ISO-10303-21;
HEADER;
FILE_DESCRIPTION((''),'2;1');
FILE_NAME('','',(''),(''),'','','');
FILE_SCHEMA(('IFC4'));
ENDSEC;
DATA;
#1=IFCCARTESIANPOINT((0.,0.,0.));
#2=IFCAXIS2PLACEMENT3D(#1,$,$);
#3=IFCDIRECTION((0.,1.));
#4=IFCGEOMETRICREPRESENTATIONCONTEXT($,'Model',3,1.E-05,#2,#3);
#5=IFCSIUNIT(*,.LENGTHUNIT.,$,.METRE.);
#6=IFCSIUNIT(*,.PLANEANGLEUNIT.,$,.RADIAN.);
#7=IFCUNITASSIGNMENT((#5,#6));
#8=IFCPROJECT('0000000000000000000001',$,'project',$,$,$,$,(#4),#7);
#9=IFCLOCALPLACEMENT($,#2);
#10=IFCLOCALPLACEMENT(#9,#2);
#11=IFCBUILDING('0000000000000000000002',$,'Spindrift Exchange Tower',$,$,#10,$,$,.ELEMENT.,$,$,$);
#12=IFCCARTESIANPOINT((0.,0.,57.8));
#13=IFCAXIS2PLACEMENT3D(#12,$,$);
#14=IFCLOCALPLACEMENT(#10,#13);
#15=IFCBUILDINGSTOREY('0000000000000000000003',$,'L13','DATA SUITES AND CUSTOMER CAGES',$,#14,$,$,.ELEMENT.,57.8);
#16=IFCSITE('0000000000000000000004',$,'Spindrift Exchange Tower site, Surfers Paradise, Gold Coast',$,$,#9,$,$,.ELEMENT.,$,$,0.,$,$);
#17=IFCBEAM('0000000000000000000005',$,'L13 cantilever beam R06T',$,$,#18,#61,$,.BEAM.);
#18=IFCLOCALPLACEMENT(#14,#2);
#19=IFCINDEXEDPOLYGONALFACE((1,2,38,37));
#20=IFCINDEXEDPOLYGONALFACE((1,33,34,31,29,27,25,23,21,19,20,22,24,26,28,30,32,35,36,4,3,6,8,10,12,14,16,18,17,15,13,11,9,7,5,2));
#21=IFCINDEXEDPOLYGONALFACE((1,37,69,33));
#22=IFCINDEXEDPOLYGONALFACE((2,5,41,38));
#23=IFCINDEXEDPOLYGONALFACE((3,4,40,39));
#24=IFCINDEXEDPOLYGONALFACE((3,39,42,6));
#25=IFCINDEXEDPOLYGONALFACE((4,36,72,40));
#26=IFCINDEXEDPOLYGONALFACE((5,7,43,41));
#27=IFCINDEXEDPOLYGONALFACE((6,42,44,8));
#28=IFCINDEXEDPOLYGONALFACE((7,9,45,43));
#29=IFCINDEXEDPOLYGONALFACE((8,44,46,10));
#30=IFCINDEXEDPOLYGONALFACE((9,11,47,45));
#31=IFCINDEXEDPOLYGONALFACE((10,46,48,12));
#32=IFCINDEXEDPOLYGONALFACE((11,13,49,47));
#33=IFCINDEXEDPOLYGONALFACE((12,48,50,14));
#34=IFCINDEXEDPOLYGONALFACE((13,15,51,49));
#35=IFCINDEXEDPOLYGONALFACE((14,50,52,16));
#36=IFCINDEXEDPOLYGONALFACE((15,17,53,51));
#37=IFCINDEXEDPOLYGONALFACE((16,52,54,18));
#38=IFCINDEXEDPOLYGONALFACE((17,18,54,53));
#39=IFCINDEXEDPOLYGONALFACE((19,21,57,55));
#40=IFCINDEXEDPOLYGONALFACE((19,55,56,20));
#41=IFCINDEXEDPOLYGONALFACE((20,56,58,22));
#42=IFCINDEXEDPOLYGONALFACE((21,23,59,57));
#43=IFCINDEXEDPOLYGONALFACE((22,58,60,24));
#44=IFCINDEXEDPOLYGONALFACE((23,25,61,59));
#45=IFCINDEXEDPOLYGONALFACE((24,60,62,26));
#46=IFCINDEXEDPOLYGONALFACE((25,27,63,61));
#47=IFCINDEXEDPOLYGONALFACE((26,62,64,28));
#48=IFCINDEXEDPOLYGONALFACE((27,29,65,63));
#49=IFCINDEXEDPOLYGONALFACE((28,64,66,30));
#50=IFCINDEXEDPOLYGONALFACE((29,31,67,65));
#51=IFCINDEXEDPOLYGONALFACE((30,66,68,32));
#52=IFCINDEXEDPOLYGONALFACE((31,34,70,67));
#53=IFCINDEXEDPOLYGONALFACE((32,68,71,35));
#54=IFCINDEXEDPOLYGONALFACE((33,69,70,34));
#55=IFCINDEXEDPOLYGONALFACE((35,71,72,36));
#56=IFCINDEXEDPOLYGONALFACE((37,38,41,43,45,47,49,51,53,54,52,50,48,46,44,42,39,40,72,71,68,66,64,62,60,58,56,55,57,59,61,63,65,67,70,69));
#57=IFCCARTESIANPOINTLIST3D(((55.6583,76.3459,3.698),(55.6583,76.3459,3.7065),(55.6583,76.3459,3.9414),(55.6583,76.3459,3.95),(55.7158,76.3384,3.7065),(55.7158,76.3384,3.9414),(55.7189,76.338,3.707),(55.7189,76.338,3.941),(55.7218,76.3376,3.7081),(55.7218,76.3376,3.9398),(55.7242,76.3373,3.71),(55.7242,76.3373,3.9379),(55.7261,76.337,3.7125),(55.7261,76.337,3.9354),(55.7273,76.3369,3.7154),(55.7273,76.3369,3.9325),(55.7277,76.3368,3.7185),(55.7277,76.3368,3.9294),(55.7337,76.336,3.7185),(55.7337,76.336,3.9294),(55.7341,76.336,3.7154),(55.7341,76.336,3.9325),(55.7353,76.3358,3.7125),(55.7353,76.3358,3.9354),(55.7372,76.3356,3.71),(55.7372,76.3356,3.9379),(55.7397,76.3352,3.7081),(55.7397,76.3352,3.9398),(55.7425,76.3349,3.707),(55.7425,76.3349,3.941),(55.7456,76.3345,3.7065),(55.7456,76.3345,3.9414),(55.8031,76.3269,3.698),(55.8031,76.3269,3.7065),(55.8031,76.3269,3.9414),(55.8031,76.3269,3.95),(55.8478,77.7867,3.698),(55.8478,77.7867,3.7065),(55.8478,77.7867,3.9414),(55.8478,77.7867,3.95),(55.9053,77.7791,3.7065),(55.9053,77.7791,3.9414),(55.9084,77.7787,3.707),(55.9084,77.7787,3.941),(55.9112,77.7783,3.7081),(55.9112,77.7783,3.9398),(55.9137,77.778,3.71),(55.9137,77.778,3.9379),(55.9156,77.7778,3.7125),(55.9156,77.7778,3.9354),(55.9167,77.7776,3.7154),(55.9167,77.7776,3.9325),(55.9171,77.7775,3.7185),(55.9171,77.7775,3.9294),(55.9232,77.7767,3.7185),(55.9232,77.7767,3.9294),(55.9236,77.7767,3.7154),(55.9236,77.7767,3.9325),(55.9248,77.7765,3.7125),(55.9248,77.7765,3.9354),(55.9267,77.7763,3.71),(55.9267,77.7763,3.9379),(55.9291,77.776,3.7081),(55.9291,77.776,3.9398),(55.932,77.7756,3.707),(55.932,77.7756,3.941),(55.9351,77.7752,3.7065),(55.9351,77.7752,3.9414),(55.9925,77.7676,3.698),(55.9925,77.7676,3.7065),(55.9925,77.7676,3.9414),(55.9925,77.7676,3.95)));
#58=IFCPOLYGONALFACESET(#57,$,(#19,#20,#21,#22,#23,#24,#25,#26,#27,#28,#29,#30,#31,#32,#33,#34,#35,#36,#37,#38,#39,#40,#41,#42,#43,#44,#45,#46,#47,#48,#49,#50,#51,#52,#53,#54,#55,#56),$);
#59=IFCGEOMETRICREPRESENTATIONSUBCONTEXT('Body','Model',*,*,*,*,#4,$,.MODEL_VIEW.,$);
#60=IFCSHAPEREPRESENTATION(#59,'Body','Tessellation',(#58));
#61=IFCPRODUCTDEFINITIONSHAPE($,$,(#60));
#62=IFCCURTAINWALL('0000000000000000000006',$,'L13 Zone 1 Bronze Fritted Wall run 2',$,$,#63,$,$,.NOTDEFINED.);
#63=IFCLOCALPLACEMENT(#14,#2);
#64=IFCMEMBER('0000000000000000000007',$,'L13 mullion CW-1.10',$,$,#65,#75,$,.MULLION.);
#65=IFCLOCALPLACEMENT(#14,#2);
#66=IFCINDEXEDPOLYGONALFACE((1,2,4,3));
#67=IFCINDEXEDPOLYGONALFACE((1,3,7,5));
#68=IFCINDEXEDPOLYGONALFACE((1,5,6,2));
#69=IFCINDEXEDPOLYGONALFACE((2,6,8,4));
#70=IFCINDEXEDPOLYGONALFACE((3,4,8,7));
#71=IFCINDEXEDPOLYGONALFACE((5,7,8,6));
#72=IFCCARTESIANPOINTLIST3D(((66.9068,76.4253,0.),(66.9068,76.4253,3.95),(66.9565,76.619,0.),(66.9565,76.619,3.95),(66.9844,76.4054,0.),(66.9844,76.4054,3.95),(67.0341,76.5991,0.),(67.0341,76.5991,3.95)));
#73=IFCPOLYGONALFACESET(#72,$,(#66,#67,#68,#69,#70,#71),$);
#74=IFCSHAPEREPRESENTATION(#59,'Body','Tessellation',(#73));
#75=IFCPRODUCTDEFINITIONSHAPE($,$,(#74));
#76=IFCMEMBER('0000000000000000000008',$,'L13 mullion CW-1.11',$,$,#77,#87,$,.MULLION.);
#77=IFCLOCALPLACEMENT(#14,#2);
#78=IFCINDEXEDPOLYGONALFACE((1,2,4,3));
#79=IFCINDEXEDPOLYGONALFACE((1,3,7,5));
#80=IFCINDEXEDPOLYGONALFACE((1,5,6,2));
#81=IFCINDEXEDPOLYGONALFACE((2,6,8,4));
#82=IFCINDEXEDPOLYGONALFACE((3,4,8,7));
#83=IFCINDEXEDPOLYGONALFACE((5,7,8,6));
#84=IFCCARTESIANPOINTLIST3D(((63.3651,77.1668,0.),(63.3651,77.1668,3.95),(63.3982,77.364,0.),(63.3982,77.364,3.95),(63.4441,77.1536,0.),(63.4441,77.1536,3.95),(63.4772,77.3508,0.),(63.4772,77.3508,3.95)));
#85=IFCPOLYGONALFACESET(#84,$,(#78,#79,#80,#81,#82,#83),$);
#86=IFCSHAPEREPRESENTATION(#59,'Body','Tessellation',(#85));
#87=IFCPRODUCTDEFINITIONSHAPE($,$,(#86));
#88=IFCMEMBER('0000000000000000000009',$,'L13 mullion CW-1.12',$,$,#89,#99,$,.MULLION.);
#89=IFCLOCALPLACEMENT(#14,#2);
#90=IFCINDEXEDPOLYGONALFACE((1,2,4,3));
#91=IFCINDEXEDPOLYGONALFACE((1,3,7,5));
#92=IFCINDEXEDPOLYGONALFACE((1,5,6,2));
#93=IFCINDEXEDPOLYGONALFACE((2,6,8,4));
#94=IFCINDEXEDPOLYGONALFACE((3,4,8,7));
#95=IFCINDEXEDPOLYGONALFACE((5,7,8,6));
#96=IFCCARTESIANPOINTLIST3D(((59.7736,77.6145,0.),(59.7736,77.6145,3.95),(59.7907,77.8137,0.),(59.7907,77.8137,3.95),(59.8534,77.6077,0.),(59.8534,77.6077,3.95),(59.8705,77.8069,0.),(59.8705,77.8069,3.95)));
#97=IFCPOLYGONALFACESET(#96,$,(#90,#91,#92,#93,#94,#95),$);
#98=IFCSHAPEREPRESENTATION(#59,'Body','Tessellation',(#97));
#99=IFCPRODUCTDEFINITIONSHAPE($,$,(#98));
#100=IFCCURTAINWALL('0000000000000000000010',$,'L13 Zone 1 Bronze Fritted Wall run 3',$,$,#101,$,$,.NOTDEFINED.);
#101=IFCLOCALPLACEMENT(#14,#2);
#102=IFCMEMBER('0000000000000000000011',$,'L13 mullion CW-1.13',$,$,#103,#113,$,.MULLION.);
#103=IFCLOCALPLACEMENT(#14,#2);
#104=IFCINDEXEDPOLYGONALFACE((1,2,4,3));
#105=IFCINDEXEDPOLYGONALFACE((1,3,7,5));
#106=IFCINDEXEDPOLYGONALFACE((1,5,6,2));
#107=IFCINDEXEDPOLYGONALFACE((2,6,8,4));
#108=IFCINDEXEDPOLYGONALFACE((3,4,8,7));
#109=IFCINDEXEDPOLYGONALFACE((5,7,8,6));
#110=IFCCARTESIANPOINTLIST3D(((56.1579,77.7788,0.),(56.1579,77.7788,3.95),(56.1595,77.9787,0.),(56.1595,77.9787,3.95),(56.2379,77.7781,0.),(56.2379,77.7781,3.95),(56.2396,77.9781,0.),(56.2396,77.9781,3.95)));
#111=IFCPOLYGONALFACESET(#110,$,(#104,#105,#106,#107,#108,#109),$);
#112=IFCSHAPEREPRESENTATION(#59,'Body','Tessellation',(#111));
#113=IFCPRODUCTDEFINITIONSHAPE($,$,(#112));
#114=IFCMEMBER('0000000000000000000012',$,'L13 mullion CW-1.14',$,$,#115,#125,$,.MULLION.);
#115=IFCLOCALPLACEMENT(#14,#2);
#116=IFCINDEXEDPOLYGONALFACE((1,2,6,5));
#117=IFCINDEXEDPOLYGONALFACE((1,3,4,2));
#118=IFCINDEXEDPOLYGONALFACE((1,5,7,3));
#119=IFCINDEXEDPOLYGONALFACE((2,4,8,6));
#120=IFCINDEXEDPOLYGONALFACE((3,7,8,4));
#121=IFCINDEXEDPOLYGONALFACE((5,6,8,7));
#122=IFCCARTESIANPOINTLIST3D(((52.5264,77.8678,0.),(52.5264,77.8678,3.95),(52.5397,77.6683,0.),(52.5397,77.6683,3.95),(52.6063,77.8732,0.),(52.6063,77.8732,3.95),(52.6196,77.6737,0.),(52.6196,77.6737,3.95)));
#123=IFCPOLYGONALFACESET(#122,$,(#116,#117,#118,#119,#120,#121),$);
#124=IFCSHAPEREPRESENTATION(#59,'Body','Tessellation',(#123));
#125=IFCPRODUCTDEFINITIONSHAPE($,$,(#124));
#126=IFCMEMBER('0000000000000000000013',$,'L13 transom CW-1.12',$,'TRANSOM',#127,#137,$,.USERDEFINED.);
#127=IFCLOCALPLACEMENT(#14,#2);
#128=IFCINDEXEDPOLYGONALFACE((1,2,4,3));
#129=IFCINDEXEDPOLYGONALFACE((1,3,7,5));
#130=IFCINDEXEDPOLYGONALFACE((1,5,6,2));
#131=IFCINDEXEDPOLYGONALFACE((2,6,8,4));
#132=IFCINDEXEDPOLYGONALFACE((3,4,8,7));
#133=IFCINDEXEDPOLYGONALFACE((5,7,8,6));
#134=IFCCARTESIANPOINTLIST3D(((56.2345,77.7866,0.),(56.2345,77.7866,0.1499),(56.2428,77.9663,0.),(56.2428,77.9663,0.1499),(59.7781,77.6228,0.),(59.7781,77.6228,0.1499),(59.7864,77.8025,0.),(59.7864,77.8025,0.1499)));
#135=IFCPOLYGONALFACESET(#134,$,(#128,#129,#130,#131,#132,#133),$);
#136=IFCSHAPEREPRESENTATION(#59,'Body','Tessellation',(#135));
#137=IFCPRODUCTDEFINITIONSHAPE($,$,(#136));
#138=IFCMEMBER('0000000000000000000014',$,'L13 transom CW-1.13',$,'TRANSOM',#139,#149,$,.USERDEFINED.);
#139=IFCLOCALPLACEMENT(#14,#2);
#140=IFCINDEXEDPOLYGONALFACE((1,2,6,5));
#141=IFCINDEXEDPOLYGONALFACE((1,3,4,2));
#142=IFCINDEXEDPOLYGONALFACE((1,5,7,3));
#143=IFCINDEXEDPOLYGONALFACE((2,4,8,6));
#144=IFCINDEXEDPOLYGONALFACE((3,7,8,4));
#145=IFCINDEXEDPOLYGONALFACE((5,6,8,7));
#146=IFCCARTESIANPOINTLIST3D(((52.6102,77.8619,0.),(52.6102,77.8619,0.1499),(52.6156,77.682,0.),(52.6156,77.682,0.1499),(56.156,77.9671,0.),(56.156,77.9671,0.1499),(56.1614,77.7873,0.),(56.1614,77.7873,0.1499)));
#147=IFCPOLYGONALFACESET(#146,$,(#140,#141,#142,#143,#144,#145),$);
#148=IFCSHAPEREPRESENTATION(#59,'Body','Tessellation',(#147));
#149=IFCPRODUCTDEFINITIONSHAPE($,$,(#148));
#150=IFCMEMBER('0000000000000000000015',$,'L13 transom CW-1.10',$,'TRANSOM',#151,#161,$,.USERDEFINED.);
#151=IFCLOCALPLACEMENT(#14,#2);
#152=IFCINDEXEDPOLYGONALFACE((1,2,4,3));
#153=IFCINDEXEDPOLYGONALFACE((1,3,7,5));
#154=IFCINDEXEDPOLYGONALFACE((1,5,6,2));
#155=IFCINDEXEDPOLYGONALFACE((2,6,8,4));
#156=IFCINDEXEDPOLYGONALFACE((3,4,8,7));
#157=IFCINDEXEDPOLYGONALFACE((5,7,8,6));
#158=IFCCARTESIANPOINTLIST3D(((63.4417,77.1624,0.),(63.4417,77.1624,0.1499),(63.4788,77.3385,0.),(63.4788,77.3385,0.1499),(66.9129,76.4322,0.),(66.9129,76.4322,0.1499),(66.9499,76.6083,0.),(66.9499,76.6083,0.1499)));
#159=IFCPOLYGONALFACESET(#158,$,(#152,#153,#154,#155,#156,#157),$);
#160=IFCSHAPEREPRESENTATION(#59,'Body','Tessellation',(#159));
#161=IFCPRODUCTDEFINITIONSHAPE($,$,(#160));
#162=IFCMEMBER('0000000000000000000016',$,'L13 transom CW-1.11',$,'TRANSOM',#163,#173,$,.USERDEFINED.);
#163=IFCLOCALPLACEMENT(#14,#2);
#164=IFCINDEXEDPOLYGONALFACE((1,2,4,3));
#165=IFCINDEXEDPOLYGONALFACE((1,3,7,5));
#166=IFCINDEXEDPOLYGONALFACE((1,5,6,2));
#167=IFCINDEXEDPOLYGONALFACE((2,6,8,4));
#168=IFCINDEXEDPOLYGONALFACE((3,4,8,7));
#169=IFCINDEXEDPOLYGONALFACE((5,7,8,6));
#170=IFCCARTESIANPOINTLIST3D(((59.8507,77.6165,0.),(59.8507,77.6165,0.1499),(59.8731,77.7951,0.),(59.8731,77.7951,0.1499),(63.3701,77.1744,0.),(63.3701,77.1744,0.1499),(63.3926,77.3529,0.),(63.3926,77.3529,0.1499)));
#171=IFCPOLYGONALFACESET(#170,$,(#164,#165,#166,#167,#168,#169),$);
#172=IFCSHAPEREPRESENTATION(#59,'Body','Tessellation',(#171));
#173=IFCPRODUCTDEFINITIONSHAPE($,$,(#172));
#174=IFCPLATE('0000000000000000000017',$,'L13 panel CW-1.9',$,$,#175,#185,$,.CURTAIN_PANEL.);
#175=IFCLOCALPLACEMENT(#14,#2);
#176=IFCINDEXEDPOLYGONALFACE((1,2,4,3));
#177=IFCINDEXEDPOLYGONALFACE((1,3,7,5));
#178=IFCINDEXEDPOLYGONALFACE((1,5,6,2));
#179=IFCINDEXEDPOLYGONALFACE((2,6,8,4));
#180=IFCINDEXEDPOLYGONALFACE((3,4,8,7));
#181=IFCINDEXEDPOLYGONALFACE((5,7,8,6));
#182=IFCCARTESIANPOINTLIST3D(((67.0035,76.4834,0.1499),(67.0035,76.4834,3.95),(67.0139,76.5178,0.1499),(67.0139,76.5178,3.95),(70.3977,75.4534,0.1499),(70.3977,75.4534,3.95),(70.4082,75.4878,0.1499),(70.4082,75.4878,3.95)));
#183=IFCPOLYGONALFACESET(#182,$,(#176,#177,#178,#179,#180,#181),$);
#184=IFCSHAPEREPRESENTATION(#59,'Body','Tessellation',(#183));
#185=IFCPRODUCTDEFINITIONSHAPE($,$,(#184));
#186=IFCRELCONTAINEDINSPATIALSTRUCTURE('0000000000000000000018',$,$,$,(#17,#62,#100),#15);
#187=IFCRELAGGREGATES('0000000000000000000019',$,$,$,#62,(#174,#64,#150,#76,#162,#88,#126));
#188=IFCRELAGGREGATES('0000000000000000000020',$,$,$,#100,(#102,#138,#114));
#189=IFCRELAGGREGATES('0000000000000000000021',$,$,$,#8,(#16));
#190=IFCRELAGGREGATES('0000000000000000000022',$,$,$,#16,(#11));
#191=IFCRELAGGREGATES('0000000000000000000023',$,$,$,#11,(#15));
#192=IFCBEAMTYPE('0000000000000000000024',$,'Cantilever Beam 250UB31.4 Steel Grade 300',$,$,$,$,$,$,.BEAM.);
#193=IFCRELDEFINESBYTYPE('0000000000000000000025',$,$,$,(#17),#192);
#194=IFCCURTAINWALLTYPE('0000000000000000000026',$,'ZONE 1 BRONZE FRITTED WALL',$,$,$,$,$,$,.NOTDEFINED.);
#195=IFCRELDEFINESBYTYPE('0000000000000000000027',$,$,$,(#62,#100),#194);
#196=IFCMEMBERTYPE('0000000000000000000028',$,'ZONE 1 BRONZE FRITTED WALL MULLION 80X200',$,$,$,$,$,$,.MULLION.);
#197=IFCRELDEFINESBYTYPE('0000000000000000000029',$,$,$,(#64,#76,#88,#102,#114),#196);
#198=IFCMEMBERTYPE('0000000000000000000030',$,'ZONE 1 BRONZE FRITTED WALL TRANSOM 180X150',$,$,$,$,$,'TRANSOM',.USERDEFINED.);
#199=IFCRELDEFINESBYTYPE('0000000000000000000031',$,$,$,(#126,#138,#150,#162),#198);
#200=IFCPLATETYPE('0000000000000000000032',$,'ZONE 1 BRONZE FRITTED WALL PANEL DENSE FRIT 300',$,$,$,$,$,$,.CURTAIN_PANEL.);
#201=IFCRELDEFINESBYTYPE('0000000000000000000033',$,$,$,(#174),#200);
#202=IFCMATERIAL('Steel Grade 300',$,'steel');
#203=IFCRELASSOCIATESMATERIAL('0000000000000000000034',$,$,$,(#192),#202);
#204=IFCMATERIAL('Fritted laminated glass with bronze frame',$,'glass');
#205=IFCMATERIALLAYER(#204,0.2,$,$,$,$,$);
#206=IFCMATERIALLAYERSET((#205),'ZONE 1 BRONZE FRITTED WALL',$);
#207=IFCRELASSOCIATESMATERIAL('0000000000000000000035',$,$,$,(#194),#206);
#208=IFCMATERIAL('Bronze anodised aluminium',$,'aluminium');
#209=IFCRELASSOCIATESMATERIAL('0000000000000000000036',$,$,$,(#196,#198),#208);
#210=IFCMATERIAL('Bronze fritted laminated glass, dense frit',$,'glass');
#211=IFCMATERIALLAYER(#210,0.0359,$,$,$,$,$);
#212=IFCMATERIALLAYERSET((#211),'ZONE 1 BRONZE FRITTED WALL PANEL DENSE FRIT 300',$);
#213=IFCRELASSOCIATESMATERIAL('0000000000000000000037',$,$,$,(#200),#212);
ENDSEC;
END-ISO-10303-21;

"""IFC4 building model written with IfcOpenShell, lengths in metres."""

from ifc_helpers import new_model, si_unit, direction, frame, origin, origin_2d, place, context, subcontext, project, spatial, rectangle, i_section, extrude, source, transform, mapped, material, layer, layer_set, material_profile, profile_set, type_object, element, aggregate, save


model = new_model("IFC4")

# Units and contexts
model_context = context("Model", 3, precision=1e-05, world=origin(), true_north=direction((0.0, 1.0)))
body_context = subcontext(model_context, "Body", "Model", "MODEL_VIEW")
ifc_project = project(units=[si_unit("LENGTHUNIT", "METRE"), si_unit("PLANEANGLEUNIT", "RADIAN")], contexts=[model_context])

# Site, building, storey
site_placement = place(None, origin())
site = spatial("IfcSite", under=ifc_project, at=site_placement, Name="Spindrift Exchange Tower site, Surfers Paradise, Gold Coast", CompositionType="ELEMENT", RefElevation=0.0)
building_placement = place(site_placement, origin())
building = spatial("IfcBuilding", under=site, at=building_placement, Name="Spindrift Exchange Tower", CompositionType="ELEMENT")
storey_placement = place(building_placement, frame((0.0, 0.0, 57.8)))
storey = spatial("IfcBuildingStorey", under=building, at=storey_placement, Name="L13", Description="DATA SUITES AND CUSTOMER CAGES", CompositionType="ELEMENT", Elevation=57.8)

# Beam
ifc_material_1 = material(Name="Steel Grade 300", Category="steel")
ifc_material_profile_1 = material_profile(ifc_material_1, i_section(OverallWidth=0.146, OverallDepth=0.252, WebThickness=0.0061, FlangeThickness=0.0085, FilletRadius=0.012, at=origin_2d()), Name="250UB31.4")
ifc_profile_set_1 = profile_set([ifc_material_profile_1], Name="Steel Grade 300")
beam_type_1 = type_object("IfcBeamType", Name="Cantilever Beam 250UB31.4 Steel Grade 300", PredefinedType="BEAM", material=ifc_profile_set_1)
shared_shape_1 = source(origin(), body_context, "Body", "SweptSolid", [
    extrude(i_section(OverallWidth=0.146, OverallDepth=0.252, WebThickness=0.0061, FlangeThickness=0.0085, FilletRadius=0.012, at=origin_2d()), origin(), (0.0, 0.0, 1.0), 1.4531),
])
beam_1_placement = place(storey_placement, frame((55.7307, 76.3364, 3.824), z_axis=(0.130381, 0.991464, 0.0), x_axis=(-0.991464, 0.130381, 0.0)))
element("IfcBeam", 1, at=beam_1_placement, inside=storey, type_object=beam_type_1, Name="L13 cantilever beam R06T", PredefinedType="BEAM", context=body_context, shape_type="MappedRepresentation", body=[
    mapped(shared_shape_1, transform((0.0, 0.0, 0.0), scale=1.0)),
])

# Curtain walls, members
ifc_material_2 = material(Name="Fritted laminated glass with bronze frame", Category="glass")
ifc_layer_1 = layer(ifc_material_2, 0.2)
ifc_layer_set_1 = layer_set([ifc_layer_1], Name="ZONE 1 BRONZE FRITTED WALL")
curtain_wall_type = type_object("IfcCurtainWallType", Name="ZONE 1 BRONZE FRITTED WALL", PredefinedType="NOTDEFINED", material=ifc_layer_set_1)
curtain_wall_1_placement = place(storey_placement, origin())
curtain_wall_1 = element("IfcCurtainWall", 2, at=curtain_wall_1_placement, inside=storey, type_object=curtain_wall_type, Name="L13 Zone 1 Bronze Fritted Wall run 2", PredefinedType="NOTDEFINED")
ifc_material_3 = material(Name="Bronze anodised aluminium", Category="aluminium")
ifc_material_profile_2 = material_profile(ifc_material_3, rectangle(XDim=0.0801, YDim=0.2, at=origin_2d()), Name="ZONE 1 BRONZE FRITTED WALL MULLION 80X200")
ifc_profile_set_2 = profile_set([ifc_material_profile_2], Name="Bronze anodised aluminium")
member_type_1 = type_object("IfcMemberType", Name="ZONE 1 BRONZE FRITTED WALL MULLION 80X200", PredefinedType="MULLION", material=ifc_profile_set_2)
shared_shape_2 = source(origin(), body_context, "Body", "SweptSolid", [
    extrude(rectangle(XDim=0.0801, YDim=0.2, at=origin_2d()), origin(), (0.0, 0.0, 1.0), 3.95),
])
member_1_placement = place(storey_placement, frame((66.9705, 76.5122, 0.0), z_axis=(0.0, 0.0, 1.0), x_axis=(-0.968668, 0.24836, 0.0)))
member_1 = element("IfcMember", 3, at=member_1_placement, type_object=member_type_1, Name="L13 mullion CW-1.10", PredefinedType="MULLION", context=body_context, shape_type="MappedRepresentation", body=[
    mapped(shared_shape_2, transform((0.0, 0.0, 0.0), scale=1.0)),
])
member_2_placement = place(storey_placement, frame((63.4211, 77.2588, 0.0), z_axis=(0.0, 0.0, 1.0), x_axis=(-0.98623, 0.16538, 0.0)))
member_2 = element("IfcMember", 4, at=member_2_placement, type_object=member_type_1, Name="L13 mullion CW-1.11", PredefinedType="MULLION", context=body_context, shape_type="MappedRepresentation", body=[
    mapped(shared_shape_2, transform((0.0, 0.0, 0.0), scale=1.0)),
])
member_3_placement = place(storey_placement, frame((59.822, 77.7107, 0.0), z_axis=(0.0, 0.0, 1.0), x_axis=(-0.99634, 0.085475, 0.0)))
member_3 = element("IfcMember", 5, at=member_3_placement, type_object=member_type_1, Name="L13 mullion CW-1.12", PredefinedType="MULLION", context=body_context, shape_type="MappedRepresentation", body=[
    mapped(shared_shape_2, transform((0.0, 0.0, 0.0), scale=1.0)),
])
curtain_wall_2_placement = place(storey_placement, origin())
curtain_wall_2 = element("IfcCurtainWall", 6, at=curtain_wall_2_placement, inside=storey, type_object=curtain_wall_type, Name="L13 Zone 1 Bronze Fritted Wall run 3", PredefinedType="NOTDEFINED")
member_4_placement = place(storey_placement, frame((56.1987, 77.8784, 0.0), z_axis=(0.0, 0.0, 1.0), x_axis=(-0.999966, 0.008263, 0.0)))
member_4 = element("IfcMember", 7, at=member_4_placement, type_object=member_type_1, Name="L13 mullion CW-1.13", PredefinedType="MULLION", context=body_context, shape_type="MappedRepresentation", body=[
    mapped(shared_shape_2, transform((0.0, 0.0, 0.0), scale=1.0)),
])
member_5_placement = place(storey_placement, frame((52.573, 77.7708, 0.0), z_axis=(0.0, 0.0, 1.0), x_axis=(-0.997774, -0.066691, 0.0)))
member_5 = element("IfcMember", 8, at=member_5_placement, type_object=member_type_1, Name="L13 mullion CW-1.14", PredefinedType="MULLION", context=body_context, shape_type="MappedRepresentation", body=[
    mapped(shared_shape_2, transform((0.0, 0.0, 0.0), scale=1.0)),
])

# Members
ifc_material_profile_3 = material_profile(ifc_material_3, rectangle(XDim=0.1799, YDim=0.1499, at=origin_2d()), Name="ZONE 1 BRONZE FRITTED WALL TRANSOM 180X150")
ifc_profile_set_3 = profile_set([ifc_material_profile_3], Name="Bronze anodised aluminium")
member_type_2 = type_object("IfcMemberType", Name="ZONE 1 BRONZE FRITTED WALL TRANSOM 180X150", ElementType="TRANSOM", PredefinedType="USERDEFINED", material=ifc_profile_set_3)
shared_shape_3 = source(origin(), body_context, "Body", "SweptSolid", [
    extrude(rectangle(XDim=0.1799, YDim=0.1499, at=origin_2d()), origin(), (0.0, 0.0, 1.0), 3.5474),
])
member_6_placement = place(storey_placement, frame((59.7822, 77.7126, 0.075), z_axis=(-0.998933, 0.046182, 0.0), x_axis=(-0.046182, -0.998933, 0.0)))
member_6 = element("IfcMember", 9, at=member_6_placement, type_object=member_type_2, Name="L13 transom CW-1.12", ObjectType="TRANSOM", PredefinedType="USERDEFINED", context=body_context, shape_type="MappedRepresentation", body=[
    mapped(shared_shape_3, transform((0.0, 0.0, 0.0), scale=1.0)),
])
member_7_placement = place(storey_placement, frame((56.1587, 77.8772, 0.075), z_axis=(-0.99956, -0.029662, 0.0), x_axis=(0.029662, -0.99956, 0.0)))
member_7 = element("IfcMember", 10, at=member_7_placement, type_object=member_type_2, Name="L13 transom CW-1.13", ObjectType="TRANSOM", PredefinedType="USERDEFINED", context=body_context, shape_type="MappedRepresentation", body=[
    mapped(shared_shape_3, transform((0.0, 0.0, 0.0), scale=1.0)),
])
shared_shape_4 = source(origin(), body_context, "Body", "SweptSolid", [
    extrude(rectangle(XDim=0.1799, YDim=0.1499, at=origin_2d()), origin(), (0.0, 0.0, 1.0), 3.5471),
])
member_8_placement = place(storey_placement, frame((66.9314, 76.5203, 0.075), z_axis=(-0.978581, 0.205861, 0.0), x_axis=(-0.205861, -0.978581, 0.0)))
member_8 = element("IfcMember", 11, at=member_8_placement, type_object=member_type_2, Name="L13 transom CW-1.10", ObjectType="TRANSOM", PredefinedType="USERDEFINED", context=body_context, shape_type="MappedRepresentation", body=[
    mapped(shared_shape_4, transform((0.0, 0.0, 0.0), scale=1.0)),
])
member_9_placement = place(storey_placement, frame((63.3813, 77.2637, 0.075), z_axis=(-0.992201, 0.124645, 0.0), x_axis=(-0.124645, -0.992201, 0.0)))
member_9 = element("IfcMember", 12, at=member_9_placement, type_object=member_type_2, Name="L13 transom CW-1.11", ObjectType="TRANSOM", PredefinedType="USERDEFINED", context=body_context, shape_type="MappedRepresentation", body=[
    mapped(shared_shape_4, transform((0.0, 0.0, 0.0), scale=1.0)),
])

# Plate
ifc_material_4 = material(Name="Bronze fritted laminated glass, dense frit", Category="glass")
ifc_layer_2 = layer(ifc_material_4, 0.0359)
ifc_layer_set_2 = layer_set([ifc_layer_2], Name="ZONE 1 BRONZE FRITTED WALL PANEL DENSE FRIT 300")
plate_type_1 = type_object("IfcPlateType", Name="ZONE 1 BRONZE FRITTED WALL PANEL DENSE FRIT 300", PredefinedType="CURTAIN_PANEL", material=ifc_layer_set_2)
shared_shape_5 = source(origin(), body_context, "Body", "SweptSolid", [
    extrude(rectangle(XDim=3.5471, YDim=0.0359, at=origin_2d()), origin(), (0.0, 0.0, 1.0), 3.8),
])
plate_1_placement = place(storey_placement, frame((68.7058, 75.9856, 0.1499), z_axis=(0.0, 0.0, 1.0), x_axis=(-0.956911, 0.29038, 0.0)))
plate_1 = element("IfcPlate", 13, at=plate_1_placement, type_object=plate_type_1, Name="L13 panel CW-1.9", PredefinedType="CURTAIN_PANEL", context=body_context, shape_type="MappedRepresentation", body=[
    mapped(shared_shape_5, transform((0.0, 0.0, 0.0), scale=1.0)),
])
aggregate(curtain_wall_1, [plate_1, member_1, member_8, member_2, member_9, member_3, member_6])
aggregate(curtain_wall_2, [member_4, member_7, member_5])

save(model, "model.ifc")
